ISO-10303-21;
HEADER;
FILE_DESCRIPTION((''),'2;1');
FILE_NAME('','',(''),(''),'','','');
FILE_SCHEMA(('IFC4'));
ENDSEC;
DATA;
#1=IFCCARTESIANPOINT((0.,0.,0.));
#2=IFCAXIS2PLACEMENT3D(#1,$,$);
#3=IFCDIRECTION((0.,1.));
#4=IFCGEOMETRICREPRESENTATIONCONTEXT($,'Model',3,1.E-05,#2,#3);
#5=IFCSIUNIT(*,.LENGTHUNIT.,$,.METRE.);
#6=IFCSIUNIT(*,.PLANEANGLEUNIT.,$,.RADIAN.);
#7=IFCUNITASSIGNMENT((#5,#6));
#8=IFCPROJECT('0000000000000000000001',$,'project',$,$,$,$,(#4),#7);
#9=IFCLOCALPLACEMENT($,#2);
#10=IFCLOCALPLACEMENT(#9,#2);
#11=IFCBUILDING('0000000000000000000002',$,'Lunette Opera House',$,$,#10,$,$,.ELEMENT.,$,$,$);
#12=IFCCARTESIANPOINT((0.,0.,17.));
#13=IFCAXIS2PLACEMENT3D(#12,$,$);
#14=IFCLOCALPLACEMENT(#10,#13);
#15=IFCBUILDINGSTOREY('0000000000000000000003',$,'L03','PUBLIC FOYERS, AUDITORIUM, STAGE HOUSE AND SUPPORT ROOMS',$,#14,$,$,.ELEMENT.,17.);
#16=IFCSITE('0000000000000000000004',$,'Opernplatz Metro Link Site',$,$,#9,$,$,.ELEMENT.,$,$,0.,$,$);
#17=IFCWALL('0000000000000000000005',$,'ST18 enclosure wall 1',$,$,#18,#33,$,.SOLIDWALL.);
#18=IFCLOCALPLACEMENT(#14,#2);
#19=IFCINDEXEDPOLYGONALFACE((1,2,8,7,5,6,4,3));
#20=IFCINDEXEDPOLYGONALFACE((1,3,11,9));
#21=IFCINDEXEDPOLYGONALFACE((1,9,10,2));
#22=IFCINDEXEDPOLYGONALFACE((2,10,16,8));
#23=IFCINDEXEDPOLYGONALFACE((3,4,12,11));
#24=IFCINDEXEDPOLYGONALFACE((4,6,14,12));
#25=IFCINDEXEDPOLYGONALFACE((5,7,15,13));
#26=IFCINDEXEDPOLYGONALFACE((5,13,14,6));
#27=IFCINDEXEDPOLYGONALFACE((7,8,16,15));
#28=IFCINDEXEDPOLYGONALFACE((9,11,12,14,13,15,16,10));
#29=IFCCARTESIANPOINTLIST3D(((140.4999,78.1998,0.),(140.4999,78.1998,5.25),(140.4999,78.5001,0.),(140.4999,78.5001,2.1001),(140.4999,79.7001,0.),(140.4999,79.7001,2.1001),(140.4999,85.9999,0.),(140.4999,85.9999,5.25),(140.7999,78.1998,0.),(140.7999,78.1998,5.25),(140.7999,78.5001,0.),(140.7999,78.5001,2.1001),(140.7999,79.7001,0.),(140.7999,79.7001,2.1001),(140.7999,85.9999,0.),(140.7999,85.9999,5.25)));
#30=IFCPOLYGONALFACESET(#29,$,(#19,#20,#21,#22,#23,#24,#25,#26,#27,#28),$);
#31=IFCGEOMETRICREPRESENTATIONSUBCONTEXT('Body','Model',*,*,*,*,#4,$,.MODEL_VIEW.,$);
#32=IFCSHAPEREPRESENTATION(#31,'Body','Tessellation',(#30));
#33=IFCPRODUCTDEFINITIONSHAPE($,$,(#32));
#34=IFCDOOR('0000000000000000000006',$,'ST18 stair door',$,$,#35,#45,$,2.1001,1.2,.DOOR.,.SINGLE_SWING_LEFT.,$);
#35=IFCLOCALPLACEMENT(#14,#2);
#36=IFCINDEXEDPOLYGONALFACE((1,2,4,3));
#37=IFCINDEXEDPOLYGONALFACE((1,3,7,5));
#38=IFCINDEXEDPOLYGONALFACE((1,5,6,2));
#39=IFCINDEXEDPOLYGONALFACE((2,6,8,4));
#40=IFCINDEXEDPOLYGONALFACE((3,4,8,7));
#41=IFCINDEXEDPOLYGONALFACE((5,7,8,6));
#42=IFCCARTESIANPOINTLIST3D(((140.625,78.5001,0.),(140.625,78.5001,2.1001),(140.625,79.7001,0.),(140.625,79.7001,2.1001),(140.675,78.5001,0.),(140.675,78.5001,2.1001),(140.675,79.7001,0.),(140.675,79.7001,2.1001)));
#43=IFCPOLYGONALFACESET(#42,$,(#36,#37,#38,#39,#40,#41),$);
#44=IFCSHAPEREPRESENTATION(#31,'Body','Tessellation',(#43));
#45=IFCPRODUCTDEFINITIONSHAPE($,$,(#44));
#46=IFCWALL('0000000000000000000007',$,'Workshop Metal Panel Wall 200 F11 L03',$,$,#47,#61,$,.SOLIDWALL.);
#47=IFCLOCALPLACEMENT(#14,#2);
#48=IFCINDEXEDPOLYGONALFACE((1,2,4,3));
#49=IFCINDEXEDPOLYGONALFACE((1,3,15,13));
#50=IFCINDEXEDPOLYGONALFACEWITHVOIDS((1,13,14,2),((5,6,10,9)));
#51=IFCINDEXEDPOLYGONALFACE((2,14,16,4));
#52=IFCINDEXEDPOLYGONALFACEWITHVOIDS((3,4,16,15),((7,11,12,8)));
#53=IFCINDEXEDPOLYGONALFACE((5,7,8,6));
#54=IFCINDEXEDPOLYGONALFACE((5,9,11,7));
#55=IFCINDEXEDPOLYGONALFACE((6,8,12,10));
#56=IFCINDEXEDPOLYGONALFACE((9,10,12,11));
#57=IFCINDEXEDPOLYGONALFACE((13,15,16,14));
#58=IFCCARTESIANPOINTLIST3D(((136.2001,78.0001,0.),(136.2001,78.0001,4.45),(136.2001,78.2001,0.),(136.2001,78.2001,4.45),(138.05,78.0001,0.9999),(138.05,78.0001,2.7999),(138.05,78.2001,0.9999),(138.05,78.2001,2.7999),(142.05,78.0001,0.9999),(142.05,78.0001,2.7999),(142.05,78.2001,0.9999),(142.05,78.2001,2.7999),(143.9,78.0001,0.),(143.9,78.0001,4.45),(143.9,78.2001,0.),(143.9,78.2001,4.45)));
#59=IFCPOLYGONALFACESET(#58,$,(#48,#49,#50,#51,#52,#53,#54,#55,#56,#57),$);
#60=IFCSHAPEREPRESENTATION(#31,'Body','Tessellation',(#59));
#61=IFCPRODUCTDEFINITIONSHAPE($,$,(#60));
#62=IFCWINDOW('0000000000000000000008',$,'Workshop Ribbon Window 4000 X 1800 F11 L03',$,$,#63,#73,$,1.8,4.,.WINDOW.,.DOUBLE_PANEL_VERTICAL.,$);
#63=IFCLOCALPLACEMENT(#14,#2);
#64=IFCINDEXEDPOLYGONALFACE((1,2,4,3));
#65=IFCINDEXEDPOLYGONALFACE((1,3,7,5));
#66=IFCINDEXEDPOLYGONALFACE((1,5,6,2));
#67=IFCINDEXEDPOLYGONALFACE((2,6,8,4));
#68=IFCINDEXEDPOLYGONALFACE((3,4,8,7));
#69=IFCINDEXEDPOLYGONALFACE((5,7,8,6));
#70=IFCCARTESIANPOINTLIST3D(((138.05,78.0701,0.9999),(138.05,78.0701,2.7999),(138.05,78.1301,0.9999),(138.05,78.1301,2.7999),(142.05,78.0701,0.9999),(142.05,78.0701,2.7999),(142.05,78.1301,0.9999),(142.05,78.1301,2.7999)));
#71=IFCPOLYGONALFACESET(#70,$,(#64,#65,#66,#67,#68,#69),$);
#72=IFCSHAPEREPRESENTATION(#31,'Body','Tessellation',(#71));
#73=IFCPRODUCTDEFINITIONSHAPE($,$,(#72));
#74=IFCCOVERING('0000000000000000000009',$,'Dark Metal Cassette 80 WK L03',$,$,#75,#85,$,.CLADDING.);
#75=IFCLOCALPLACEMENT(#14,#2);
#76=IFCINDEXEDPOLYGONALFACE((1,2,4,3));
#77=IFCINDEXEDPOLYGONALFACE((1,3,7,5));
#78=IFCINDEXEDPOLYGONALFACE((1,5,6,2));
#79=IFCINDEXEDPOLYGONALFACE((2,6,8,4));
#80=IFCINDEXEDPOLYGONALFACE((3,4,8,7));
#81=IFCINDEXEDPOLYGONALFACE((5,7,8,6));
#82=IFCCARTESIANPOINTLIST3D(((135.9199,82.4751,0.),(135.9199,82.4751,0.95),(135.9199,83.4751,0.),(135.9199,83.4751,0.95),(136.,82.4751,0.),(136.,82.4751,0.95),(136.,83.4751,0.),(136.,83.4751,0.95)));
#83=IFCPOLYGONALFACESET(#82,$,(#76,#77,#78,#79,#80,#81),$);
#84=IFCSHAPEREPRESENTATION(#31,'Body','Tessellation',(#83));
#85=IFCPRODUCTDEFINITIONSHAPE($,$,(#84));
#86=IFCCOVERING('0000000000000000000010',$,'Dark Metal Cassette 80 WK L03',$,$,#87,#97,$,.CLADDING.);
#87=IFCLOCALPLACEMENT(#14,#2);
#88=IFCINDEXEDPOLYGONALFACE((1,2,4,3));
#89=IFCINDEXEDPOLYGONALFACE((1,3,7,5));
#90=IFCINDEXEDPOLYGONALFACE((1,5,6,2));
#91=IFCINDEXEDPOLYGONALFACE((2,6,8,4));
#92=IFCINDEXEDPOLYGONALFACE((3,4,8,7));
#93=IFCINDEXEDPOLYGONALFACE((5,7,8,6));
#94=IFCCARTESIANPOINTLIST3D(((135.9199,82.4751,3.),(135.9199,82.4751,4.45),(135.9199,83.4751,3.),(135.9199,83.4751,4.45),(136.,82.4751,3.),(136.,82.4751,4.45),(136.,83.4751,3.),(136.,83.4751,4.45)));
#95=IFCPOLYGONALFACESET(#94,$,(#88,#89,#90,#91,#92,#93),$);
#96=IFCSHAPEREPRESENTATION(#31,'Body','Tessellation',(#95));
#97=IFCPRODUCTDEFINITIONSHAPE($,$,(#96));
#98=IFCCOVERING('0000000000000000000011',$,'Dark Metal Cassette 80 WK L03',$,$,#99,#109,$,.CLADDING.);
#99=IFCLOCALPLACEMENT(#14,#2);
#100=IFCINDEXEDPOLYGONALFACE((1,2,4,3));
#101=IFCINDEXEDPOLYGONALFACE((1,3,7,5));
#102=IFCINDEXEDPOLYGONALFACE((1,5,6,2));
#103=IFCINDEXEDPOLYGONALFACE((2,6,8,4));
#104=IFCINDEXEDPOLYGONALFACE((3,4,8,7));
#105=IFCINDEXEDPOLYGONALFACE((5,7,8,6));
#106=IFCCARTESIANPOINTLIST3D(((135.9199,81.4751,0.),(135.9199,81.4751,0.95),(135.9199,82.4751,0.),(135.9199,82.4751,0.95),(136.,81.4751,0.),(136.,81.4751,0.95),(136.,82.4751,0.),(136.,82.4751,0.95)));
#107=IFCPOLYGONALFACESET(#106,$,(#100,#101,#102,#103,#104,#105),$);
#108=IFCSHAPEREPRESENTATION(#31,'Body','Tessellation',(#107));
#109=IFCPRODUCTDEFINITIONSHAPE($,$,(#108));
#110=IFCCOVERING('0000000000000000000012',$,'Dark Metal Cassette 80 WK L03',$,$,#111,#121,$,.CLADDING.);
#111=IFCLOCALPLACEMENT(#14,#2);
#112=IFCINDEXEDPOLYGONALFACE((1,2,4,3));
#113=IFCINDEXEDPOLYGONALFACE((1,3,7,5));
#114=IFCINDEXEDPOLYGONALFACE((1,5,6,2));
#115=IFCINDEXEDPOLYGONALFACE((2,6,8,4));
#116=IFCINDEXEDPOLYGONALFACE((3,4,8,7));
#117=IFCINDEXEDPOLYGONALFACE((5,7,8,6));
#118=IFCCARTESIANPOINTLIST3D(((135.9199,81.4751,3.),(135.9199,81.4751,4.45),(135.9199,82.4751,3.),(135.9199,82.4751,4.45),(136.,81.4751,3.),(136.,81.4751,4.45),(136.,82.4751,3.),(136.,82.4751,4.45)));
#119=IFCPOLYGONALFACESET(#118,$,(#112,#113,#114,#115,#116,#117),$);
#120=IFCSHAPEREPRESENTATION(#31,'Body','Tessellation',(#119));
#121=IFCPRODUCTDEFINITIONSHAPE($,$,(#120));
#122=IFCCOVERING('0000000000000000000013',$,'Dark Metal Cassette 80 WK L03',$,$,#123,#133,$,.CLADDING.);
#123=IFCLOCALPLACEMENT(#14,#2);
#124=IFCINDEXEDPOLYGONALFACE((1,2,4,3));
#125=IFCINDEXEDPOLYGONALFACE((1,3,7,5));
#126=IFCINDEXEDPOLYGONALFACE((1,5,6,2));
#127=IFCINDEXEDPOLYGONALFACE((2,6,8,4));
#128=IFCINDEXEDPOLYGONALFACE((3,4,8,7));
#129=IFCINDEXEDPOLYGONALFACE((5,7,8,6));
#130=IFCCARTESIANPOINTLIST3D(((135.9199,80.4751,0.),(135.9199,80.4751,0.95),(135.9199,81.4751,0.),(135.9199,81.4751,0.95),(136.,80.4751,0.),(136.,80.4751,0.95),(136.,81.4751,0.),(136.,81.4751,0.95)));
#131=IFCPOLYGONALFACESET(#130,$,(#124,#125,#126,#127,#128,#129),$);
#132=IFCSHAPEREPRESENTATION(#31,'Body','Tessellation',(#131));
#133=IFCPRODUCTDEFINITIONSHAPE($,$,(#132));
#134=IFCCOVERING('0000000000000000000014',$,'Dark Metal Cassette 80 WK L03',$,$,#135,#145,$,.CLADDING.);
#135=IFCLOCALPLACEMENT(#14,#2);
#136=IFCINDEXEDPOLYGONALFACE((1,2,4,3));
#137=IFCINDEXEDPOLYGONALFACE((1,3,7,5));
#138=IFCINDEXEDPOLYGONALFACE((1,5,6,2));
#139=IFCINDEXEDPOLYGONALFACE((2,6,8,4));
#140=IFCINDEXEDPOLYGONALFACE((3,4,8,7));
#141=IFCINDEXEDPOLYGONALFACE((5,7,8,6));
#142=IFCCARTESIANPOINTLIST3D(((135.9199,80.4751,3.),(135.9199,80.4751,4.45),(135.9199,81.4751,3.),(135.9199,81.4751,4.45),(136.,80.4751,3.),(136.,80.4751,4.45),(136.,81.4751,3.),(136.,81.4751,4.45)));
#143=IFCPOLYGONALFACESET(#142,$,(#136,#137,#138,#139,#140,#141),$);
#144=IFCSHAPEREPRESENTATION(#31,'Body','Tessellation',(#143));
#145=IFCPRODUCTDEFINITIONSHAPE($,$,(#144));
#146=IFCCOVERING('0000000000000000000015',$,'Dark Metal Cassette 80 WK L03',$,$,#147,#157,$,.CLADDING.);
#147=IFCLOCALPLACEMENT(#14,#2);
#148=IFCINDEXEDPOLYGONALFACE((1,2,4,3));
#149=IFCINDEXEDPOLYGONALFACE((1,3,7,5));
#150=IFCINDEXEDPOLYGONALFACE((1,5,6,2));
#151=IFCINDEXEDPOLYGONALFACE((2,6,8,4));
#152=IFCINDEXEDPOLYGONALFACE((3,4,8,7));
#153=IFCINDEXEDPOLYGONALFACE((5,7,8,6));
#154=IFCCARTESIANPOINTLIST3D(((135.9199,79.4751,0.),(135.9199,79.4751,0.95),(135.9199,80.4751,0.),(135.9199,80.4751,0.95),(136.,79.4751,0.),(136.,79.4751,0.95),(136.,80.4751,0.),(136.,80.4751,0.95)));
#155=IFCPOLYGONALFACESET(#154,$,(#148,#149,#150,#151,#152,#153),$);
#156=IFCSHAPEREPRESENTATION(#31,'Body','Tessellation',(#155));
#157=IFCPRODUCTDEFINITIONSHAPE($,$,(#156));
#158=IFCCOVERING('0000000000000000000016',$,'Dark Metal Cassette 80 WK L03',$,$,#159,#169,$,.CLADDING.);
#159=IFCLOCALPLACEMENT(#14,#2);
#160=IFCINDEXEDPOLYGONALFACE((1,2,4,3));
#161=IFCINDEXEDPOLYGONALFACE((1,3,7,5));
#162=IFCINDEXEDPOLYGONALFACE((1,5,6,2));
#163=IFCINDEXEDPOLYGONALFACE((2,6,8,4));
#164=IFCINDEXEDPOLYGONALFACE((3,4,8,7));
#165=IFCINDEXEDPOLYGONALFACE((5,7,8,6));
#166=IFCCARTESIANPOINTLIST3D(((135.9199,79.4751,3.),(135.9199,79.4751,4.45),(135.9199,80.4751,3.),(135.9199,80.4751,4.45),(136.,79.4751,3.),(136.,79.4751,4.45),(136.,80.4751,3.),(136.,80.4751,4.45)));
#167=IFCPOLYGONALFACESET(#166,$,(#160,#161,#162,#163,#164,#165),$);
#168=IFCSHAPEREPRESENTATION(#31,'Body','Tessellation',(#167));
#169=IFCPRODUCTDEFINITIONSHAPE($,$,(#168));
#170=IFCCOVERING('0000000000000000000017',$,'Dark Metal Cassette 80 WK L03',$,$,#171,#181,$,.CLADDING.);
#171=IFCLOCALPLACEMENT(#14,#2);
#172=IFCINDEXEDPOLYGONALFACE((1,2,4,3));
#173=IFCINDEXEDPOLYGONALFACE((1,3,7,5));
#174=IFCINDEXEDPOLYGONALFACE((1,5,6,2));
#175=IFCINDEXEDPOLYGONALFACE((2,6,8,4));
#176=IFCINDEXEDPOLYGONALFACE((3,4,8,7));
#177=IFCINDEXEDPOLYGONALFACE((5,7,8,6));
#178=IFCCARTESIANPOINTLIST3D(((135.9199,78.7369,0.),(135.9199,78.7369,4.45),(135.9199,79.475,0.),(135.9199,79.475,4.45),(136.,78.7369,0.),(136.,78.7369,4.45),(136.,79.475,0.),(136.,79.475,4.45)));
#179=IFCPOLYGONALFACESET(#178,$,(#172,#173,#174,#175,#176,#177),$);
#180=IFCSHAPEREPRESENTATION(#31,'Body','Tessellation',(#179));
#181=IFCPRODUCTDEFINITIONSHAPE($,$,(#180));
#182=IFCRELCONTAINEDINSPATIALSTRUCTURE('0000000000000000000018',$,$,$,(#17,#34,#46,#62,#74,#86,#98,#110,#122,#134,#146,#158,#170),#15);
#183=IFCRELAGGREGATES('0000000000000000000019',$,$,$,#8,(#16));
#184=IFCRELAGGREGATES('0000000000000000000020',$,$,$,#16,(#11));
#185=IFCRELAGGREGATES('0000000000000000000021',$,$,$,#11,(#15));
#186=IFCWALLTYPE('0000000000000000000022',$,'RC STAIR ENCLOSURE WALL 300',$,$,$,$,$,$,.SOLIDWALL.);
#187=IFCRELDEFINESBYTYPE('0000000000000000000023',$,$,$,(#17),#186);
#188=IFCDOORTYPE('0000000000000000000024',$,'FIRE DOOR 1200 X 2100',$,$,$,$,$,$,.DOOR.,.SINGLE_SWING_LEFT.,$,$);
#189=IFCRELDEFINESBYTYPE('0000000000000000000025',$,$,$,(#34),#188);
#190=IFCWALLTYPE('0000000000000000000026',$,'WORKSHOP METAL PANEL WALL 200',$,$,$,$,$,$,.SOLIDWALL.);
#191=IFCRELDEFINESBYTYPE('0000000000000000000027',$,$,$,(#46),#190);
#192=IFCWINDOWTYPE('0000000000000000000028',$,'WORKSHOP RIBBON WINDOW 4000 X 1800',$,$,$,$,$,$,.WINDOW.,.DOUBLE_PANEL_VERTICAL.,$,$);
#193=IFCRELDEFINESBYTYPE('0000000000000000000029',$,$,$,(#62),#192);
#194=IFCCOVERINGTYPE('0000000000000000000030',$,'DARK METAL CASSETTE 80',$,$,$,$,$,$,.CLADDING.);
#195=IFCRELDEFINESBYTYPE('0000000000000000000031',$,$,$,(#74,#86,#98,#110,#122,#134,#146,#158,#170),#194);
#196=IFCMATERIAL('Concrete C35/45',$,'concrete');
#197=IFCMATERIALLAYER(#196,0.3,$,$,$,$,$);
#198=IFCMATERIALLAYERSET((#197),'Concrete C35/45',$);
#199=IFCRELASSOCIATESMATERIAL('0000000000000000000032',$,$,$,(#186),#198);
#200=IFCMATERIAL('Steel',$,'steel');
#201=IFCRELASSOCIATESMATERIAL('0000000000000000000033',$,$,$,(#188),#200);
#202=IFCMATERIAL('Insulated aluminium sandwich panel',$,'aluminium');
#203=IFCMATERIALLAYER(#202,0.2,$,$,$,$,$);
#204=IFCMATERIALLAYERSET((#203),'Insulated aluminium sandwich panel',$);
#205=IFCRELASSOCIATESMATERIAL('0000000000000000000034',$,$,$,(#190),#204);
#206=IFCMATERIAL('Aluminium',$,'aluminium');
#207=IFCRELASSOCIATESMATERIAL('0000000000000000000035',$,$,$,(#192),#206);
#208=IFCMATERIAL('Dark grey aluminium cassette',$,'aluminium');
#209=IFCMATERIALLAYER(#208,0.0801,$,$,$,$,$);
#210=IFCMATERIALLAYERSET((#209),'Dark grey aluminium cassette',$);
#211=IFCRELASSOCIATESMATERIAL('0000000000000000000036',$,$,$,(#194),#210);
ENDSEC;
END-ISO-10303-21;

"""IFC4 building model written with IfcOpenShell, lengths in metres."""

from ifc_helpers import new_model, si_unit, direction, frame, frame_2d, origin, origin_2d, place, context, subcontext, project, spatial, rectangle, extrude, material, layer, layer_set, type_object, element, fill, save


model = new_model("IFC4")

# Units and contexts
model_context = context("Model", 3, precision=1e-05, world=origin(), true_north=direction((0.0, 1.0)))
body_context = subcontext(model_context, "Body", "Model", "MODEL_VIEW")
ifc_project = project(units=[si_unit("LENGTHUNIT", "METRE"), si_unit("PLANEANGLEUNIT", "RADIAN")], contexts=[model_context])

# Site, building, storey
site_placement = place(None, origin())
site = spatial("IfcSite", under=ifc_project, at=site_placement, Name="Opernplatz Metro Link Site", CompositionType="ELEMENT", RefElevation=0.0)
building_placement = place(site_placement, origin())
building = spatial("IfcBuilding", under=site, at=building_placement, Name="Lunette Opera House", CompositionType="ELEMENT")
storey_placement = place(building_placement, frame((0.0, 0.0, 17.0)))
storey = spatial("IfcBuildingStorey", under=building, at=storey_placement, Name="L03", Description="PUBLIC FOYERS, AUDITORIUM, STAGE HOUSE AND SUPPORT ROOMS", CompositionType="ELEMENT", Elevation=17.0)

# Wall, opening, door
ifc_material_1 = material(Name="Concrete C35/45", Category="concrete")
ifc_layer_1 = layer(ifc_material_1, 0.3)
ifc_layer_set_1 = layer_set([ifc_layer_1], Name="Concrete C35/45")
wall_type_1 = type_object("IfcWallType", Name="RC STAIR ENCLOSURE WALL 300", PredefinedType="SOLIDWALL", material=ifc_layer_set_1)
wall_1_placement = place(storey_placement, frame((140.6499, 78.2, 0.0), z_axis=(0.0, 0.0, 1.0), x_axis=(0.0, 1.0, 0.0)))
wall_1 = element("IfcWall", 1, at=wall_1_placement, inside=storey, type_object=wall_type_1, Name="ST18 enclosure wall 1", PredefinedType="SOLIDWALL", context=body_context, shape_type="SweptSolid", body=[
    extrude(rectangle(XDim=7.8, YDim=0.3, at=frame_2d((3.8999, 0.0))), origin(), (0.0, 0.0, 1.0), 5.25),
])
opening_1_placement = place(wall_1_placement, frame((0.3, 0.0, 0.0)))
opening_1 = element("IfcOpeningElement", 2, at=opening_1_placement, cuts=wall_1, PredefinedType="OPENING", context=body_context, shape_type="SweptSolid", body=[
    extrude(rectangle(XDim=1.2, YDim=2.1001, at=frame_2d((0.6001, 1.05))), frame((0.0, 0.1621, 0.0), z_axis=(0.0, -1.0, 0.0), x_axis=(1.0, 0.0, 0.0)), (0.0, 0.0, 1.0), 0.324),
])
ifc_material_2 = material(Name="Steel", Category="steel")
door_type = type_object("IfcDoorType", Name="FIRE DOOR 1200 X 2100", OperationType="SINGLE_SWING_LEFT", PredefinedType="DOOR", material=ifc_material_2)
door_placement = place(opening_1_placement, origin())
door = element("IfcDoor", 3, at=door_placement, inside=storey, type_object=door_type, Name="ST18 stair door", OperationType="SINGLE_SWING_LEFT", OverallHeight=2.1001, OverallWidth=1.2, PredefinedType="DOOR", context=body_context, shape_type="SweptSolid", body=[
    extrude(rectangle(XDim=1.2, YDim=2.1001, at=frame_2d((0.6001, 1.05))), frame((0.0, 0.0249, 0.0), z_axis=(0.0, -1.0, 0.0), x_axis=(1.0, 0.0, 0.0)), (0.0, 0.0, 1.0), 0.05),
])
fill(opening_1, door)

# Wall, opening, window
ifc_material_3 = material(Name="Insulated aluminium sandwich panel", Category="aluminium")
ifc_layer_2 = layer(ifc_material_3, 0.2)
ifc_layer_set_2 = layer_set([ifc_layer_2], Name="Insulated aluminium sandwich panel")
wall_type_2 = type_object("IfcWallType", Name="WORKSHOP METAL PANEL WALL 200", PredefinedType="SOLIDWALL", material=ifc_layer_set_2)
wall_2_placement = place(storey_placement, frame((136.2, 78.1001, 0.0), z_axis=(0.0, 0.0, 1.0), x_axis=(1.0, 0.0, 0.0)))
wall_2 = element("IfcWall", 4, at=wall_2_placement, inside=storey, type_object=wall_type_2, Name="Workshop Metal Panel Wall 200 F11 L03", PredefinedType="SOLIDWALL", context=body_context, shape_type="SweptSolid", body=[
    extrude(rectangle(XDim=7.7, YDim=0.2, at=frame_2d((3.8501, 0.0))), origin(), (0.0, 0.0, 1.0), 4.45),
])
opening_2_placement = place(wall_2_placement, frame((1.8501, 0.0, 1.0)))
opening_2 = element("IfcOpeningElement", 5, at=opening_2_placement, cuts=wall_2, PredefinedType="OPENING", context=body_context, shape_type="SweptSolid", body=[
    extrude(rectangle(XDim=4.0, YDim=1.8, at=frame_2d((2.0, 0.8999))), frame((0.0, 0.1121, 0.0), z_axis=(0.0, -1.0, 0.0), x_axis=(1.0, 0.0, 0.0)), (0.0, 0.0, 1.0), 0.2239),
])
ifc_material_4 = material(Name="Aluminium", Category="aluminium")
window_type = type_object("IfcWindowType", Name="WORKSHOP RIBBON WINDOW 4000 X 1800", PartitioningType="DOUBLE_PANEL_VERTICAL", PredefinedType="WINDOW", material=ifc_material_4)
window_placement = place(opening_2_placement, origin())
window = element("IfcWindow", 6, at=window_placement, inside=storey, type_object=window_type, Name="Workshop Ribbon Window 4000 X 1800 F11 L03", OverallHeight=1.8, OverallWidth=4.0, PartitioningType="DOUBLE_PANEL_VERTICAL", PredefinedType="WINDOW", context=body_context, shape_type="SweptSolid", body=[
    extrude(rectangle(XDim=4.0, YDim=1.8, at=frame_2d((2.0, 0.8999))), frame((0.0, 0.03, 0.0), z_axis=(0.0, -1.0, 0.0), x_axis=(1.0, 0.0, 0.0)), (0.0, 0.0, 1.0), 0.0601),
])
fill(opening_2, window)

# Coverings
ifc_material_5 = material(Name="Dark grey aluminium cassette", Category="aluminium")
ifc_layer_3 = layer(ifc_material_5, 0.0801)
ifc_layer_set_3 = layer_set([ifc_layer_3], Name="Dark grey aluminium cassette")
covering_type = type_object("IfcCoveringType", Name="DARK METAL CASSETTE 80", PredefinedType="CLADDING", material=ifc_layer_set_3)
covering_1_placement = place(storey_placement, frame((135.96, 82.9751, 0.0), z_axis=(0.0, 0.0, 1.0), x_axis=(0.0, -1.0, 0.0)))
element("IfcCovering", 7, at=covering_1_placement, inside=storey, type_object=covering_type, Name="Dark Metal Cassette 80 WK L03", PredefinedType="CLADDING", context=body_context, shape_type="SweptSolid", body=[
    extrude(rectangle(XDim=1.0, YDim=0.0801, at=origin_2d()), origin(), (0.0, 0.0, 1.0), 0.95),
])
covering_2_placement = place(storey_placement, frame((135.96, 82.9751, 3.0), z_axis=(0.0, 0.0, 1.0), x_axis=(0.0, -1.0, 0.0)))
element("IfcCovering", 8, at=covering_2_placement, inside=storey, type_object=covering_type, Name="Dark Metal Cassette 80 WK L03", PredefinedType="CLADDING", context=body_context, shape_type="SweptSolid", body=[
    extrude(rectangle(XDim=1.0, YDim=0.0801, at=origin_2d()), origin(), (0.0, 0.0, 1.0), 1.45),
])
covering_3_placement = place(storey_placement, frame((135.96, 81.9751, 0.0), z_axis=(0.0, 0.0, 1.0), x_axis=(0.0, -1.0, 0.0)))
element("IfcCovering", 9, at=covering_3_placement, inside=storey, type_object=covering_type, Name="Dark Metal Cassette 80 WK L03", PredefinedType="CLADDING", context=body_context, shape_type="SweptSolid", body=[
    extrude(rectangle(XDim=1.0, YDim=0.0801, at=origin_2d()), origin(), (0.0, 0.0, 1.0), 0.95),
])
covering_4_placement = place(storey_placement, frame((135.96, 81.9751, 3.0), z_axis=(0.0, 0.0, 1.0), x_axis=(0.0, -1.0, 0.0)))
element("IfcCovering", 10, at=covering_4_placement, inside=storey, type_object=covering_type, Name="Dark Metal Cassette 80 WK L03", PredefinedType="CLADDING", context=body_context, shape_type="SweptSolid", body=[
    extrude(rectangle(XDim=1.0, YDim=0.0801, at=origin_2d()), origin(), (0.0, 0.0, 1.0), 1.45),
])
covering_5_placement = place(storey_placement, frame((135.96, 80.9751, 0.0), z_axis=(0.0, 0.0, 1.0), x_axis=(0.0, -1.0, 0.0)))
element("IfcCovering", 11, at=covering_5_placement, inside=storey, type_object=covering_type, Name="Dark Metal Cassette 80 WK L03", PredefinedType="CLADDING", context=body_context, shape_type="SweptSolid", body=[
    extrude(rectangle(XDim=1.0, YDim=0.0801, at=origin_2d()), origin(), (0.0, 0.0, 1.0), 0.95),
])
covering_6_placement = place(storey_placement, frame((135.96, 80.9751, 3.0), z_axis=(0.0, 0.0, 1.0), x_axis=(0.0, -1.0, 0.0)))
element("IfcCovering", 12, at=covering_6_placement, inside=storey, type_object=covering_type, Name="Dark Metal Cassette 80 WK L03", PredefinedType="CLADDING", context=body_context, shape_type="SweptSolid", body=[
    extrude(rectangle(XDim=1.0, YDim=0.0801, at=origin_2d()), origin(), (0.0, 0.0, 1.0), 1.45),
])
covering_7_placement = place(storey_placement, frame((135.96, 79.9751, 0.0), z_axis=(0.0, 0.0, 1.0), x_axis=(0.0, -1.0, 0.0)))
element("IfcCovering", 13, at=covering_7_placement, inside=storey, type_object=covering_type, Name="Dark Metal Cassette 80 WK L03", PredefinedType="CLADDING", context=body_context, shape_type="SweptSolid", body=[
    extrude(rectangle(XDim=1.0, YDim=0.0801, at=origin_2d()), origin(), (0.0, 0.0, 1.0), 0.95),
])
covering_8_placement = place(storey_placement, frame((135.96, 79.9751, 3.0), z_axis=(0.0, 0.0, 1.0), x_axis=(0.0, -1.0, 0.0)))
element("IfcCovering", 14, at=covering_8_placement, inside=storey, type_object=covering_type, Name="Dark Metal Cassette 80 WK L03", PredefinedType="CLADDING", context=body_context, shape_type="SweptSolid", body=[
    extrude(rectangle(XDim=1.0, YDim=0.0801, at=origin_2d()), origin(), (0.0, 0.0, 1.0), 1.45),
])
for number, where, z_axis, x_axis, name in (
    (15, (135.96, 79.106, 0.0), (0.0, 0.0, 1.0), (0.0, -1.0, 0.0), "Dark Metal Cassette 80 WK L03"),
):
    element("IfcCovering", number, at=place(storey_placement, frame(where, z_axis=z_axis, x_axis=x_axis)), inside=storey, type_object=covering_type, Name=name, PredefinedType="CLADDING", context=body_context, shape_type="SweptSolid", body=[
        extrude(rectangle(XDim=0.738, YDim=0.0801, at=origin_2d()), origin(), (0.0, 0.0, 1.0), 4.45),
    ])

save(model, "model.ifc")
